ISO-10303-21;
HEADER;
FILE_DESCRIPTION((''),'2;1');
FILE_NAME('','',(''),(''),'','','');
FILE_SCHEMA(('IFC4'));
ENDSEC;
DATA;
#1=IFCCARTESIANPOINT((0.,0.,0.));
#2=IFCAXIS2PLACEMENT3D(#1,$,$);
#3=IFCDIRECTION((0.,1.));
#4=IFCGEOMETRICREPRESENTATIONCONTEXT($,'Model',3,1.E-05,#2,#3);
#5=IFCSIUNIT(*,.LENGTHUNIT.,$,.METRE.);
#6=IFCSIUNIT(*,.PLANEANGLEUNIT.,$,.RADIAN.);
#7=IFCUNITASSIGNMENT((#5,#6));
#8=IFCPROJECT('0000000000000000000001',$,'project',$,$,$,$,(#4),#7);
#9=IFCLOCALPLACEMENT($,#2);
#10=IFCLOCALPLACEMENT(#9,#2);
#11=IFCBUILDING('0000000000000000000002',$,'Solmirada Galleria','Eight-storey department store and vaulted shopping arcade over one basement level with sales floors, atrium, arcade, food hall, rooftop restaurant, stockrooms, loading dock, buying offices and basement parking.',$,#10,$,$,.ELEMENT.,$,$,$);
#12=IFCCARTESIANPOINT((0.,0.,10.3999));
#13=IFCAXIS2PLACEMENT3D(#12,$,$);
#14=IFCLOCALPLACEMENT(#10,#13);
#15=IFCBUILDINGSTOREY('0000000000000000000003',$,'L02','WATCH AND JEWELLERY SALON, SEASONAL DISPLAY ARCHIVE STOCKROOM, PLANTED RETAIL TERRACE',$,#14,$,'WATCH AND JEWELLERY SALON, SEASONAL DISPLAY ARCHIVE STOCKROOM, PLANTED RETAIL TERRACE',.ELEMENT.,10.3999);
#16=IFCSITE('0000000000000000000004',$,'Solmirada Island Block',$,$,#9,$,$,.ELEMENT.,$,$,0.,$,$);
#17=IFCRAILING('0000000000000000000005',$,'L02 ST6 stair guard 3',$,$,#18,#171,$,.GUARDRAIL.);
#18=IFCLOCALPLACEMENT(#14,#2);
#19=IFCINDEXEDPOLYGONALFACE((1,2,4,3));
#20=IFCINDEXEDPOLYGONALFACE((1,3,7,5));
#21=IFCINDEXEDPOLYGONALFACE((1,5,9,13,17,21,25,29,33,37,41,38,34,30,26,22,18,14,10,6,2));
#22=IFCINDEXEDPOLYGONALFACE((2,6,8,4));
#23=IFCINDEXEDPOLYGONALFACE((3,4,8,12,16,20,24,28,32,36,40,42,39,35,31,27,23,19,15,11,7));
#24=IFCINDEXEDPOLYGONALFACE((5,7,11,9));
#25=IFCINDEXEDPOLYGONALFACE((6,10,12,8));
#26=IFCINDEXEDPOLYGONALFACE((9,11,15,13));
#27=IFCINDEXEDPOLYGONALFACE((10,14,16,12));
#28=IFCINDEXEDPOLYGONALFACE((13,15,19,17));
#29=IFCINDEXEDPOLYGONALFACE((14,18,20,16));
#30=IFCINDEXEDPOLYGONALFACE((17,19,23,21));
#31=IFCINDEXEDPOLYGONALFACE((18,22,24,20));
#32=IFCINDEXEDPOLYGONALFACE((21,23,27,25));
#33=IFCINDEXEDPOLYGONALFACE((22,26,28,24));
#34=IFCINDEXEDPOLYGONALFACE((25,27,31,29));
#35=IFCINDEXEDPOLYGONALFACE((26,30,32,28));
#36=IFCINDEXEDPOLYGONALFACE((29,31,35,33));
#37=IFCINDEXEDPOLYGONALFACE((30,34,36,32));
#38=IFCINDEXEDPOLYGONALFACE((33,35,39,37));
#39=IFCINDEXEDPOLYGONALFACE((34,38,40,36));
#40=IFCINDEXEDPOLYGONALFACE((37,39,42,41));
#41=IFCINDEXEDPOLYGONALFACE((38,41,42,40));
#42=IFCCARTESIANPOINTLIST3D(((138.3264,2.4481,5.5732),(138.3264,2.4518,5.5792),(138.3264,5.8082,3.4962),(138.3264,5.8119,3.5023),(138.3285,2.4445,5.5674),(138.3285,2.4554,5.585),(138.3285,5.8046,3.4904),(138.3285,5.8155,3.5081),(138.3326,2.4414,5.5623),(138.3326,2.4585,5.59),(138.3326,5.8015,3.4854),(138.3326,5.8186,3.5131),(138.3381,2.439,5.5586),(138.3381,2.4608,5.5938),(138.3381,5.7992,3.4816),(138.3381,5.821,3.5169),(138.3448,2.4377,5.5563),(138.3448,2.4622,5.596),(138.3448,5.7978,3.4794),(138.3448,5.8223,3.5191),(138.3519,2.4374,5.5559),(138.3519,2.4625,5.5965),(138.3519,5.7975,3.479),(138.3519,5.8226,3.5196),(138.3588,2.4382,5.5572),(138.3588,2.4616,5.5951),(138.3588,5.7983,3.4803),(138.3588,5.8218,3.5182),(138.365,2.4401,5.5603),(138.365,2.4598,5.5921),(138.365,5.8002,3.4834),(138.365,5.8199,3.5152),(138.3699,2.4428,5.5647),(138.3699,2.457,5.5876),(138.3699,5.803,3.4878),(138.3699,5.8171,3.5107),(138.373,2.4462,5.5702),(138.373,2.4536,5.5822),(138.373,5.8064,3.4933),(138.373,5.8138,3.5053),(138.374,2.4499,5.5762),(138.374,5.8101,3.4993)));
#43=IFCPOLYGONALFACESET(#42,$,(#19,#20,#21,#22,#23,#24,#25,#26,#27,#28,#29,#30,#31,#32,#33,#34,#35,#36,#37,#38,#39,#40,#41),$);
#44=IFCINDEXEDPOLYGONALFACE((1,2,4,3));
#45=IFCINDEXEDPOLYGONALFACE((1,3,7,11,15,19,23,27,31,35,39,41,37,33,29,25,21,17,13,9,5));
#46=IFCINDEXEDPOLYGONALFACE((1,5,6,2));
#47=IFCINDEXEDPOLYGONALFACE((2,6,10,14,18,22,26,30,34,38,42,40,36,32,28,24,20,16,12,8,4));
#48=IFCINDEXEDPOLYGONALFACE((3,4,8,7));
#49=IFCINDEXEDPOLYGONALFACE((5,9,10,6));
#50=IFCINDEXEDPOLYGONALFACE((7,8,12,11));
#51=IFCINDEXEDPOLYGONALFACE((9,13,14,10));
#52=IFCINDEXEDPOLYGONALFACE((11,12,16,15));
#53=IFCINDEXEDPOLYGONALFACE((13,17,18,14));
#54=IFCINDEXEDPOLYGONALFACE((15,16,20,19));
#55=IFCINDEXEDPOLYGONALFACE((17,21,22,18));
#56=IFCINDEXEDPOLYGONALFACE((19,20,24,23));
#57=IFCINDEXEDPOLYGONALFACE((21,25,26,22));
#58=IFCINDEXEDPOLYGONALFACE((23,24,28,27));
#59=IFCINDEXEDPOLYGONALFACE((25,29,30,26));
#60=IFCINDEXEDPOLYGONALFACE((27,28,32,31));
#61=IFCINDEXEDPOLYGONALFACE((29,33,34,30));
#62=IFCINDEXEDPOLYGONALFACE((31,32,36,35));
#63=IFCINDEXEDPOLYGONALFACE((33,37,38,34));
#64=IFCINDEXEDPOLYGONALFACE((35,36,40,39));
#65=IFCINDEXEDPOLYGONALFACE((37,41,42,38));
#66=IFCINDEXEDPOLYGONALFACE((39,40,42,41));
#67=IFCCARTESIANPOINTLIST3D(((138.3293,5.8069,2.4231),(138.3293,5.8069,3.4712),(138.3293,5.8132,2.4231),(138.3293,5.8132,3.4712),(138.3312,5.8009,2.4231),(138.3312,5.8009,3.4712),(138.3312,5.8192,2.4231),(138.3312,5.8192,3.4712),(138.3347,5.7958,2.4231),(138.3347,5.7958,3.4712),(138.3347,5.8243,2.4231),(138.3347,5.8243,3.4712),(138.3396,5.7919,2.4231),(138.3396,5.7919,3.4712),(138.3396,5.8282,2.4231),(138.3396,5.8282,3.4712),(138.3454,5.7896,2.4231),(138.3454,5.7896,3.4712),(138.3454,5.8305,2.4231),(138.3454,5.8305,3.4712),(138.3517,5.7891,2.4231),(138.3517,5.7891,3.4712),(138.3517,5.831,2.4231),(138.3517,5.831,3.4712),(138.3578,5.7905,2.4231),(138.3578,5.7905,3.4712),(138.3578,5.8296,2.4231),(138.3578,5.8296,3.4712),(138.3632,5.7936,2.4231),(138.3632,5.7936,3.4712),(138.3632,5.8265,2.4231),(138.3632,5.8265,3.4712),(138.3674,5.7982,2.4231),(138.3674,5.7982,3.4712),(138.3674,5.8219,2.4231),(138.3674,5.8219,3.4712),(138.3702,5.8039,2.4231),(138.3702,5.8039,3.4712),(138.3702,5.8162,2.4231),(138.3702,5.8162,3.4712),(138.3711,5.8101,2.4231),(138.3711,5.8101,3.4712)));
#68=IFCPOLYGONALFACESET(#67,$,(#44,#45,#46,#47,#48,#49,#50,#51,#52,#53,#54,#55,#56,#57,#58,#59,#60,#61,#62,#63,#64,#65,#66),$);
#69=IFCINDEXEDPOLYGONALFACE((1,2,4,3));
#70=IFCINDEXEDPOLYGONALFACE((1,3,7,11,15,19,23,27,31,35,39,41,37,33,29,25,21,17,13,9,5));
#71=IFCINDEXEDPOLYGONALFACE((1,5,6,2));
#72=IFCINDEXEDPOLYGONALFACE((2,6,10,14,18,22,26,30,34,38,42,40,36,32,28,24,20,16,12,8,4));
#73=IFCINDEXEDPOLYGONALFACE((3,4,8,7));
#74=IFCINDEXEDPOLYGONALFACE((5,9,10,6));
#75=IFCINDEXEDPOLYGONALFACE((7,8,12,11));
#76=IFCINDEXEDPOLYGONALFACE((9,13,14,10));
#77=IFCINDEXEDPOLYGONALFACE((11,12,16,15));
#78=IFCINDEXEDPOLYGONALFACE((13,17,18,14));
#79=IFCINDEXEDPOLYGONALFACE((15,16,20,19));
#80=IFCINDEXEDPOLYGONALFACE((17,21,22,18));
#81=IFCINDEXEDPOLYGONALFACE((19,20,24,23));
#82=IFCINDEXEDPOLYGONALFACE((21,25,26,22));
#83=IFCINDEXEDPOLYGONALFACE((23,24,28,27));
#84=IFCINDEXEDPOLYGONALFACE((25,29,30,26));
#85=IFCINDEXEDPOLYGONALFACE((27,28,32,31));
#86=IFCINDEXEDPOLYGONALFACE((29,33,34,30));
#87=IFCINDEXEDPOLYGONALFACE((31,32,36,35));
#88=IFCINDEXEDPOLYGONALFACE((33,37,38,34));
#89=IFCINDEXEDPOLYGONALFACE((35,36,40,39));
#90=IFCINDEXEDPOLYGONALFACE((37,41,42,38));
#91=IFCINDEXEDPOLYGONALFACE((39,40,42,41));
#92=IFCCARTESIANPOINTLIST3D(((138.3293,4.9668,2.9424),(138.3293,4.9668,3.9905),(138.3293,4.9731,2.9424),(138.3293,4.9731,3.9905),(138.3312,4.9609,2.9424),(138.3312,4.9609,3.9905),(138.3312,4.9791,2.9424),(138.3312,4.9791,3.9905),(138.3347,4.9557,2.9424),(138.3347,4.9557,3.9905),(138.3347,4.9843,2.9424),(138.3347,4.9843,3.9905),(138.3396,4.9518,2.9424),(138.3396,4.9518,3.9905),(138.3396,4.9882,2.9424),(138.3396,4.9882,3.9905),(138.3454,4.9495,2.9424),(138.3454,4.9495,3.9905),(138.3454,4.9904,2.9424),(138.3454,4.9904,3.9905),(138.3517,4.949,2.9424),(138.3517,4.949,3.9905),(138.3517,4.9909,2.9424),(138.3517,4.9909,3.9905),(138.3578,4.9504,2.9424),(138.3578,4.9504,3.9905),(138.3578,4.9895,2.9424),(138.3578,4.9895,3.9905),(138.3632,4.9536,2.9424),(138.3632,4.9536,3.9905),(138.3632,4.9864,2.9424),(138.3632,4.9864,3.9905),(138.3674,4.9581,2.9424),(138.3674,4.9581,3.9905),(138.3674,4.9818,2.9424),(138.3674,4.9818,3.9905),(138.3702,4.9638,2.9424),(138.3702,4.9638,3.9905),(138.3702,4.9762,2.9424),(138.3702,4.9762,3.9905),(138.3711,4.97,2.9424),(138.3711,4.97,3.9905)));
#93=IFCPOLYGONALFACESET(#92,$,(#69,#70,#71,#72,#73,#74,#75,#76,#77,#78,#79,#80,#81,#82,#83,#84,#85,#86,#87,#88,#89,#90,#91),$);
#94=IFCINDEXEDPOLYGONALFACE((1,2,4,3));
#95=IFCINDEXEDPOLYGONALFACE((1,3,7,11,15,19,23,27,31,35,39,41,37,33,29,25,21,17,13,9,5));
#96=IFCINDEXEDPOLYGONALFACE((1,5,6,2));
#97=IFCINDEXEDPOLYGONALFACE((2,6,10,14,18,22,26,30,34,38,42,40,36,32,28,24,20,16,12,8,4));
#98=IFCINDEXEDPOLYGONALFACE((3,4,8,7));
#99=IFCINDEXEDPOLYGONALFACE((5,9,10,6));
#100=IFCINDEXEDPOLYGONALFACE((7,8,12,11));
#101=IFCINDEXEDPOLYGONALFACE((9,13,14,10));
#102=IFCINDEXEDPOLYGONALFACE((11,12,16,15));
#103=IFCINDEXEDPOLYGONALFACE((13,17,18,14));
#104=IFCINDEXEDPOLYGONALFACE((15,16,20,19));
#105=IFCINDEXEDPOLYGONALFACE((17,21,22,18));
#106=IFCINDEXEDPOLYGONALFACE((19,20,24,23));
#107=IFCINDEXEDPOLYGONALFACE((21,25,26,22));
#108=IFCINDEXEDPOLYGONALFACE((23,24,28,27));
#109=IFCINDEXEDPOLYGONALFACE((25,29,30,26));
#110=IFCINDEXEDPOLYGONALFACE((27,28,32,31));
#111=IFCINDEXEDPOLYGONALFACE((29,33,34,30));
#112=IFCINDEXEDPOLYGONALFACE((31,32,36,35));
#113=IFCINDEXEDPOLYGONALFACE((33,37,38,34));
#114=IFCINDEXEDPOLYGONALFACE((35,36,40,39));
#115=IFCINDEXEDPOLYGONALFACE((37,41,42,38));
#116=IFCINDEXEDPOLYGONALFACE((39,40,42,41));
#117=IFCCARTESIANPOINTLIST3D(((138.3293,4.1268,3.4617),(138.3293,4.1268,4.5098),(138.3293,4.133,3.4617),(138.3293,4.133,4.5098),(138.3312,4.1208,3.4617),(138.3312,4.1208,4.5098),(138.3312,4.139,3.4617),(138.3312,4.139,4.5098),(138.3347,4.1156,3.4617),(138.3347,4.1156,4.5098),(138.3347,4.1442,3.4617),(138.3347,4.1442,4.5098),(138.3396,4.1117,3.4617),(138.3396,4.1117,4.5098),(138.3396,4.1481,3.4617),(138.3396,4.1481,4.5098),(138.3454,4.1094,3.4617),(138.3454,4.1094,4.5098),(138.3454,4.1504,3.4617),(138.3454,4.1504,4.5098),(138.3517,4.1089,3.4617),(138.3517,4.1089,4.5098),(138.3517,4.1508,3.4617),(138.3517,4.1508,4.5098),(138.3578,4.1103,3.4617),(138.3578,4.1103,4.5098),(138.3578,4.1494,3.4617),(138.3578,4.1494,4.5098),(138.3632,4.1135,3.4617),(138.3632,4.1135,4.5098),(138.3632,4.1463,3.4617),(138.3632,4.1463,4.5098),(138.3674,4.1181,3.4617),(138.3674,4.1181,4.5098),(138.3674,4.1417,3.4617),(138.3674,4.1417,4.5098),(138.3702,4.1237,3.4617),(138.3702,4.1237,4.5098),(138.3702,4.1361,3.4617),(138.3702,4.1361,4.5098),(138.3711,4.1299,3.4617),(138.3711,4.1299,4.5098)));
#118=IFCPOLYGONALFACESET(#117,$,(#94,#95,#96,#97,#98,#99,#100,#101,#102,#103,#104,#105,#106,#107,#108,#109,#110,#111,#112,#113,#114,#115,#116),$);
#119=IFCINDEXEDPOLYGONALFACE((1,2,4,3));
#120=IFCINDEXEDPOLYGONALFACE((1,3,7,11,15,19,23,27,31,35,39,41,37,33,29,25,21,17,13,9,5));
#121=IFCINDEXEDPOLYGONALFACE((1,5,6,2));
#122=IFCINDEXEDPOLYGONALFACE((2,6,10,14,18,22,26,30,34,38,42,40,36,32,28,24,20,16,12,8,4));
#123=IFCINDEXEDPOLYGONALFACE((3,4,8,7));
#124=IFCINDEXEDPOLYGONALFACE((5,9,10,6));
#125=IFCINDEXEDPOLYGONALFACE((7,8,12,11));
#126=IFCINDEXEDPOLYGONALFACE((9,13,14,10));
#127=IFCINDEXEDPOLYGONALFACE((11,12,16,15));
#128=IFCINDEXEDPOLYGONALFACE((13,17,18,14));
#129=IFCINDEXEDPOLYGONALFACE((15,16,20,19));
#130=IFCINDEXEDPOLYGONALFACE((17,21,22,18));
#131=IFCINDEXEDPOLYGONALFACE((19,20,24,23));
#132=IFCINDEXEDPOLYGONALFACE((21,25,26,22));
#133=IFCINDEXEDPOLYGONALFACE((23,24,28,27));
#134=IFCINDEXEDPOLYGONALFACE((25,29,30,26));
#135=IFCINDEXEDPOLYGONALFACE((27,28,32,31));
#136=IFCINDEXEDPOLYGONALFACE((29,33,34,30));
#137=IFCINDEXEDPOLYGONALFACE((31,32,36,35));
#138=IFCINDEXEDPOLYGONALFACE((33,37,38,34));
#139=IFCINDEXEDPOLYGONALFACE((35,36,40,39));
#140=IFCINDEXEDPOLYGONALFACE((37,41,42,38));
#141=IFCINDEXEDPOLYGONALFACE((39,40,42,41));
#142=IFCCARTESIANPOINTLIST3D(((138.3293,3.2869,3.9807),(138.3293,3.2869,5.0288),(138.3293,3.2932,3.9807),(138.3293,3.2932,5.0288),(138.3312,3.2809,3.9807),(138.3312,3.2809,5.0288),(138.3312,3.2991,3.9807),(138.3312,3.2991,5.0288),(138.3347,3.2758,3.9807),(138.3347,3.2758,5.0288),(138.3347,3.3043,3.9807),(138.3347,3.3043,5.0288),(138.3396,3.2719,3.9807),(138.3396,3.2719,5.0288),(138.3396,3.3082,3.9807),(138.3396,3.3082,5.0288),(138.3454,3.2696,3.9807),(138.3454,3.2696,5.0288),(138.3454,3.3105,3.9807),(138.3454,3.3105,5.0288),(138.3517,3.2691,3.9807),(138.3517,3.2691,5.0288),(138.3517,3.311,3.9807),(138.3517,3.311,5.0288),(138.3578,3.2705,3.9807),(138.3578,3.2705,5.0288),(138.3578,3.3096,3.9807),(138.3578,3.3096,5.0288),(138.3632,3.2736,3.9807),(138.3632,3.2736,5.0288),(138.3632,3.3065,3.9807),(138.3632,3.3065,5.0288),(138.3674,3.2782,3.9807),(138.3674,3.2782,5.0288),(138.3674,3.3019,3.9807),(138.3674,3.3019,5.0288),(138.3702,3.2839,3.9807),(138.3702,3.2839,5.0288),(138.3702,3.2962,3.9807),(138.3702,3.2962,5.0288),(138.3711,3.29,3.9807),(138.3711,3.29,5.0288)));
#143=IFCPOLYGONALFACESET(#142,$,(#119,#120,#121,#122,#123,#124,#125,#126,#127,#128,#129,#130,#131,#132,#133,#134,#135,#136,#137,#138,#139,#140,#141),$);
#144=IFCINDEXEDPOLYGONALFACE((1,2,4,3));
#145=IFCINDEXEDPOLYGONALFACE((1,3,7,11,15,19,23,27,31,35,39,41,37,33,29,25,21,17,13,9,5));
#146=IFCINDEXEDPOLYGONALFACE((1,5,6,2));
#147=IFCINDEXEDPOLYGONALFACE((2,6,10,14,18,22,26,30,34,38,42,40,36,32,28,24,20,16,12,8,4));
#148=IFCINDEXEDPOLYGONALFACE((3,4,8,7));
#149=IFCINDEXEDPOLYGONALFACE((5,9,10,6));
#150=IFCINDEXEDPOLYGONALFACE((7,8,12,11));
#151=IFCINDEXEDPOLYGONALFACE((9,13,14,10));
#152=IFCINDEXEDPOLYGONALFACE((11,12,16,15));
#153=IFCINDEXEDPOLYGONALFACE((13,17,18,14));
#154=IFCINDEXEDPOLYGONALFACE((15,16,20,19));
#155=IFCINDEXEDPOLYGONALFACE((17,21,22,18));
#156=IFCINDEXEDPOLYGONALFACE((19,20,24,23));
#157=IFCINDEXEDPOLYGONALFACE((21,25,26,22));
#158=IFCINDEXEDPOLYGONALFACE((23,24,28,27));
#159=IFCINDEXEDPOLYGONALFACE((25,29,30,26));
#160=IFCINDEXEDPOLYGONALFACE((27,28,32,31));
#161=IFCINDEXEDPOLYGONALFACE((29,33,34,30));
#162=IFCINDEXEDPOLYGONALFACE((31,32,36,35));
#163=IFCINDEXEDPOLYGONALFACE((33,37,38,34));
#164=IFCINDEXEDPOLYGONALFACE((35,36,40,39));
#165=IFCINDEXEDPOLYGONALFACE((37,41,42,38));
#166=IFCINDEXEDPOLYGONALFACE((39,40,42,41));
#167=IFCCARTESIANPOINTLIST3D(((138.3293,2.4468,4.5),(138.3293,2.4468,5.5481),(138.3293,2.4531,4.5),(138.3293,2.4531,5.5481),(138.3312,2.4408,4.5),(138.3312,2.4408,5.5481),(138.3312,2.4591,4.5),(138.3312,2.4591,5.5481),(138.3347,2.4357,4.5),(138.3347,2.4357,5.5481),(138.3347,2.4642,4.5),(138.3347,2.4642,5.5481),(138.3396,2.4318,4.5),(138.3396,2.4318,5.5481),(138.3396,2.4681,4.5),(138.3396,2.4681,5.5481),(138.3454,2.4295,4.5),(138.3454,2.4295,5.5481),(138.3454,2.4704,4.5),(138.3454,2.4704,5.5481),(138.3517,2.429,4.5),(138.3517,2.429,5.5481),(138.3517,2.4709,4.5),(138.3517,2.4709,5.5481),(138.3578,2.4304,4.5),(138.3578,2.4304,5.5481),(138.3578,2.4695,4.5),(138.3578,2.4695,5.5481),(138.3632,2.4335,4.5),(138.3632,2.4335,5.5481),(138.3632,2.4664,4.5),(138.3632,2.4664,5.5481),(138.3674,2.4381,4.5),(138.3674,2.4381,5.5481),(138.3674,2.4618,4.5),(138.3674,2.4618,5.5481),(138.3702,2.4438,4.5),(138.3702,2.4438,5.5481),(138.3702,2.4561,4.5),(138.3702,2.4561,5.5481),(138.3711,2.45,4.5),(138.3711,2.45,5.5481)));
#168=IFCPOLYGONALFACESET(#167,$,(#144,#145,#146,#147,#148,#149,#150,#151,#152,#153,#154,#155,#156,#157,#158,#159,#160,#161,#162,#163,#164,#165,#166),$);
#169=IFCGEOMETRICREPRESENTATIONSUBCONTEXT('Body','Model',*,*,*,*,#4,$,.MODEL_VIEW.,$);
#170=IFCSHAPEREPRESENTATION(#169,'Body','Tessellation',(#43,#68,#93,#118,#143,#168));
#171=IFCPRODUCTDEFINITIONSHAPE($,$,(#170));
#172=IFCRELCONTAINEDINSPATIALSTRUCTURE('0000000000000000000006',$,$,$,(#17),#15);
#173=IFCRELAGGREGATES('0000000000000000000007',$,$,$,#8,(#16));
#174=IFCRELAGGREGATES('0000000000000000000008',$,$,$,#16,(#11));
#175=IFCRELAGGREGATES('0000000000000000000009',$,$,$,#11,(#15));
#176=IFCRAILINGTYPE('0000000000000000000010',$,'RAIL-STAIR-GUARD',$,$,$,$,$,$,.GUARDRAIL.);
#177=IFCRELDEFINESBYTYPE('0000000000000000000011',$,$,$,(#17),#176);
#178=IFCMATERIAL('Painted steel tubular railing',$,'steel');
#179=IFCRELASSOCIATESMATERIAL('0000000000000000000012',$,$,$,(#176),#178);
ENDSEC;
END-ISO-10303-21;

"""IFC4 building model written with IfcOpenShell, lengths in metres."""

from ifc_helpers import new_model, si_unit, direction, frame, origin, origin_2d, place, context, subcontext, project, spatial, circle, extrude, material, type_object, element, save


model = new_model("IFC4")

# Units and contexts
model_context = context("Model", 3, precision=1e-05, world=origin(), true_north=direction((0.0, 1.0)))
body_context = subcontext(model_context, "Body", "Model", "MODEL_VIEW")
ifc_project = project(units=[si_unit("LENGTHUNIT", "METRE"), si_unit("PLANEANGLEUNIT", "RADIAN")], contexts=[model_context])

# Site, building, storey
site_placement = place(None, origin())
site = spatial("IfcSite", under=ifc_project, at=site_placement, Name="Solmirada Island Block", CompositionType="ELEMENT", RefElevation=0.0)
building_placement = place(site_placement, origin())
building = spatial("IfcBuilding", under=site, at=building_placement, Name="Solmirada Galleria", Description="Eight-storey department store and vaulted shopping arcade over one basement level with sales floors, atrium, arcade, food hall, rooftop restaurant, stockrooms, loading dock, buying offices and basement parking.", CompositionType="ELEMENT")
storey_placement = place(building_placement, frame((0.0, 0.0, 10.3999)))
storey = spatial("IfcBuildingStorey", under=building, at=storey_placement, Name="L02", Description="WATCH AND JEWELLERY SALON, SEASONAL DISPLAY ARCHIVE STOCKROOM, PLANTED RETAIL TERRACE", LongName="WATCH AND JEWELLERY SALON, SEASONAL DISPLAY ARCHIVE STOCKROOM, PLANTED RETAIL TERRACE", CompositionType="ELEMENT", Elevation=10.3999)

# Railing
ifc_material_1 = material(Name="Painted steel tubular railing", Category="steel")
railing_type = type_object("IfcRailingType", Name="RAIL-STAIR-GUARD", PredefinedType="GUARDRAIL", material=ifc_material_1)
railing_1_placement = place(storey_placement, frame((138.3501, 5.8101, 2.4231)))
element("IfcRailing", 1, at=railing_1_placement, inside=storey, type_object=railing_type, Name="L02 ST6 stair guard 3", PredefinedType="GUARDRAIL", context=body_context, shape_type="SweptSolid", body=[
    extrude(circle(Radius=0.0239, at=origin_2d()), frame((0.0, 0.0, 1.0762), z_axis=(0.0, -0.850623, 0.525776), x_axis=(1.0, 0.0, 0.0)), (0.0, 0.0, 1.0), 3.9502),
    extrude(circle(Radius=0.021, at=origin_2d()), origin(), (0.0, 0.0, 1.0), 1.0481),
    extrude(circle(Radius=0.021, at=origin_2d()), frame((0.0, -0.8401, 0.5193)), (0.0, 0.0, 1.0), 1.0481),
    extrude(circle(Radius=0.021, at=origin_2d()), frame((0.0, -1.6802, 1.0386)), (0.0, 0.0, 1.0), 1.0481),
    extrude(circle(Radius=0.021, at=origin_2d()), frame((0.0, -2.52, 1.5576)), (0.0, 0.0, 1.0), 1.0481),
    extrude(circle(Radius=0.021, at=origin_2d()), frame((0.0, -3.3601, 2.0769)), (0.0, 0.0, 1.0), 1.0481),
])

save(model, "model.ifc")
